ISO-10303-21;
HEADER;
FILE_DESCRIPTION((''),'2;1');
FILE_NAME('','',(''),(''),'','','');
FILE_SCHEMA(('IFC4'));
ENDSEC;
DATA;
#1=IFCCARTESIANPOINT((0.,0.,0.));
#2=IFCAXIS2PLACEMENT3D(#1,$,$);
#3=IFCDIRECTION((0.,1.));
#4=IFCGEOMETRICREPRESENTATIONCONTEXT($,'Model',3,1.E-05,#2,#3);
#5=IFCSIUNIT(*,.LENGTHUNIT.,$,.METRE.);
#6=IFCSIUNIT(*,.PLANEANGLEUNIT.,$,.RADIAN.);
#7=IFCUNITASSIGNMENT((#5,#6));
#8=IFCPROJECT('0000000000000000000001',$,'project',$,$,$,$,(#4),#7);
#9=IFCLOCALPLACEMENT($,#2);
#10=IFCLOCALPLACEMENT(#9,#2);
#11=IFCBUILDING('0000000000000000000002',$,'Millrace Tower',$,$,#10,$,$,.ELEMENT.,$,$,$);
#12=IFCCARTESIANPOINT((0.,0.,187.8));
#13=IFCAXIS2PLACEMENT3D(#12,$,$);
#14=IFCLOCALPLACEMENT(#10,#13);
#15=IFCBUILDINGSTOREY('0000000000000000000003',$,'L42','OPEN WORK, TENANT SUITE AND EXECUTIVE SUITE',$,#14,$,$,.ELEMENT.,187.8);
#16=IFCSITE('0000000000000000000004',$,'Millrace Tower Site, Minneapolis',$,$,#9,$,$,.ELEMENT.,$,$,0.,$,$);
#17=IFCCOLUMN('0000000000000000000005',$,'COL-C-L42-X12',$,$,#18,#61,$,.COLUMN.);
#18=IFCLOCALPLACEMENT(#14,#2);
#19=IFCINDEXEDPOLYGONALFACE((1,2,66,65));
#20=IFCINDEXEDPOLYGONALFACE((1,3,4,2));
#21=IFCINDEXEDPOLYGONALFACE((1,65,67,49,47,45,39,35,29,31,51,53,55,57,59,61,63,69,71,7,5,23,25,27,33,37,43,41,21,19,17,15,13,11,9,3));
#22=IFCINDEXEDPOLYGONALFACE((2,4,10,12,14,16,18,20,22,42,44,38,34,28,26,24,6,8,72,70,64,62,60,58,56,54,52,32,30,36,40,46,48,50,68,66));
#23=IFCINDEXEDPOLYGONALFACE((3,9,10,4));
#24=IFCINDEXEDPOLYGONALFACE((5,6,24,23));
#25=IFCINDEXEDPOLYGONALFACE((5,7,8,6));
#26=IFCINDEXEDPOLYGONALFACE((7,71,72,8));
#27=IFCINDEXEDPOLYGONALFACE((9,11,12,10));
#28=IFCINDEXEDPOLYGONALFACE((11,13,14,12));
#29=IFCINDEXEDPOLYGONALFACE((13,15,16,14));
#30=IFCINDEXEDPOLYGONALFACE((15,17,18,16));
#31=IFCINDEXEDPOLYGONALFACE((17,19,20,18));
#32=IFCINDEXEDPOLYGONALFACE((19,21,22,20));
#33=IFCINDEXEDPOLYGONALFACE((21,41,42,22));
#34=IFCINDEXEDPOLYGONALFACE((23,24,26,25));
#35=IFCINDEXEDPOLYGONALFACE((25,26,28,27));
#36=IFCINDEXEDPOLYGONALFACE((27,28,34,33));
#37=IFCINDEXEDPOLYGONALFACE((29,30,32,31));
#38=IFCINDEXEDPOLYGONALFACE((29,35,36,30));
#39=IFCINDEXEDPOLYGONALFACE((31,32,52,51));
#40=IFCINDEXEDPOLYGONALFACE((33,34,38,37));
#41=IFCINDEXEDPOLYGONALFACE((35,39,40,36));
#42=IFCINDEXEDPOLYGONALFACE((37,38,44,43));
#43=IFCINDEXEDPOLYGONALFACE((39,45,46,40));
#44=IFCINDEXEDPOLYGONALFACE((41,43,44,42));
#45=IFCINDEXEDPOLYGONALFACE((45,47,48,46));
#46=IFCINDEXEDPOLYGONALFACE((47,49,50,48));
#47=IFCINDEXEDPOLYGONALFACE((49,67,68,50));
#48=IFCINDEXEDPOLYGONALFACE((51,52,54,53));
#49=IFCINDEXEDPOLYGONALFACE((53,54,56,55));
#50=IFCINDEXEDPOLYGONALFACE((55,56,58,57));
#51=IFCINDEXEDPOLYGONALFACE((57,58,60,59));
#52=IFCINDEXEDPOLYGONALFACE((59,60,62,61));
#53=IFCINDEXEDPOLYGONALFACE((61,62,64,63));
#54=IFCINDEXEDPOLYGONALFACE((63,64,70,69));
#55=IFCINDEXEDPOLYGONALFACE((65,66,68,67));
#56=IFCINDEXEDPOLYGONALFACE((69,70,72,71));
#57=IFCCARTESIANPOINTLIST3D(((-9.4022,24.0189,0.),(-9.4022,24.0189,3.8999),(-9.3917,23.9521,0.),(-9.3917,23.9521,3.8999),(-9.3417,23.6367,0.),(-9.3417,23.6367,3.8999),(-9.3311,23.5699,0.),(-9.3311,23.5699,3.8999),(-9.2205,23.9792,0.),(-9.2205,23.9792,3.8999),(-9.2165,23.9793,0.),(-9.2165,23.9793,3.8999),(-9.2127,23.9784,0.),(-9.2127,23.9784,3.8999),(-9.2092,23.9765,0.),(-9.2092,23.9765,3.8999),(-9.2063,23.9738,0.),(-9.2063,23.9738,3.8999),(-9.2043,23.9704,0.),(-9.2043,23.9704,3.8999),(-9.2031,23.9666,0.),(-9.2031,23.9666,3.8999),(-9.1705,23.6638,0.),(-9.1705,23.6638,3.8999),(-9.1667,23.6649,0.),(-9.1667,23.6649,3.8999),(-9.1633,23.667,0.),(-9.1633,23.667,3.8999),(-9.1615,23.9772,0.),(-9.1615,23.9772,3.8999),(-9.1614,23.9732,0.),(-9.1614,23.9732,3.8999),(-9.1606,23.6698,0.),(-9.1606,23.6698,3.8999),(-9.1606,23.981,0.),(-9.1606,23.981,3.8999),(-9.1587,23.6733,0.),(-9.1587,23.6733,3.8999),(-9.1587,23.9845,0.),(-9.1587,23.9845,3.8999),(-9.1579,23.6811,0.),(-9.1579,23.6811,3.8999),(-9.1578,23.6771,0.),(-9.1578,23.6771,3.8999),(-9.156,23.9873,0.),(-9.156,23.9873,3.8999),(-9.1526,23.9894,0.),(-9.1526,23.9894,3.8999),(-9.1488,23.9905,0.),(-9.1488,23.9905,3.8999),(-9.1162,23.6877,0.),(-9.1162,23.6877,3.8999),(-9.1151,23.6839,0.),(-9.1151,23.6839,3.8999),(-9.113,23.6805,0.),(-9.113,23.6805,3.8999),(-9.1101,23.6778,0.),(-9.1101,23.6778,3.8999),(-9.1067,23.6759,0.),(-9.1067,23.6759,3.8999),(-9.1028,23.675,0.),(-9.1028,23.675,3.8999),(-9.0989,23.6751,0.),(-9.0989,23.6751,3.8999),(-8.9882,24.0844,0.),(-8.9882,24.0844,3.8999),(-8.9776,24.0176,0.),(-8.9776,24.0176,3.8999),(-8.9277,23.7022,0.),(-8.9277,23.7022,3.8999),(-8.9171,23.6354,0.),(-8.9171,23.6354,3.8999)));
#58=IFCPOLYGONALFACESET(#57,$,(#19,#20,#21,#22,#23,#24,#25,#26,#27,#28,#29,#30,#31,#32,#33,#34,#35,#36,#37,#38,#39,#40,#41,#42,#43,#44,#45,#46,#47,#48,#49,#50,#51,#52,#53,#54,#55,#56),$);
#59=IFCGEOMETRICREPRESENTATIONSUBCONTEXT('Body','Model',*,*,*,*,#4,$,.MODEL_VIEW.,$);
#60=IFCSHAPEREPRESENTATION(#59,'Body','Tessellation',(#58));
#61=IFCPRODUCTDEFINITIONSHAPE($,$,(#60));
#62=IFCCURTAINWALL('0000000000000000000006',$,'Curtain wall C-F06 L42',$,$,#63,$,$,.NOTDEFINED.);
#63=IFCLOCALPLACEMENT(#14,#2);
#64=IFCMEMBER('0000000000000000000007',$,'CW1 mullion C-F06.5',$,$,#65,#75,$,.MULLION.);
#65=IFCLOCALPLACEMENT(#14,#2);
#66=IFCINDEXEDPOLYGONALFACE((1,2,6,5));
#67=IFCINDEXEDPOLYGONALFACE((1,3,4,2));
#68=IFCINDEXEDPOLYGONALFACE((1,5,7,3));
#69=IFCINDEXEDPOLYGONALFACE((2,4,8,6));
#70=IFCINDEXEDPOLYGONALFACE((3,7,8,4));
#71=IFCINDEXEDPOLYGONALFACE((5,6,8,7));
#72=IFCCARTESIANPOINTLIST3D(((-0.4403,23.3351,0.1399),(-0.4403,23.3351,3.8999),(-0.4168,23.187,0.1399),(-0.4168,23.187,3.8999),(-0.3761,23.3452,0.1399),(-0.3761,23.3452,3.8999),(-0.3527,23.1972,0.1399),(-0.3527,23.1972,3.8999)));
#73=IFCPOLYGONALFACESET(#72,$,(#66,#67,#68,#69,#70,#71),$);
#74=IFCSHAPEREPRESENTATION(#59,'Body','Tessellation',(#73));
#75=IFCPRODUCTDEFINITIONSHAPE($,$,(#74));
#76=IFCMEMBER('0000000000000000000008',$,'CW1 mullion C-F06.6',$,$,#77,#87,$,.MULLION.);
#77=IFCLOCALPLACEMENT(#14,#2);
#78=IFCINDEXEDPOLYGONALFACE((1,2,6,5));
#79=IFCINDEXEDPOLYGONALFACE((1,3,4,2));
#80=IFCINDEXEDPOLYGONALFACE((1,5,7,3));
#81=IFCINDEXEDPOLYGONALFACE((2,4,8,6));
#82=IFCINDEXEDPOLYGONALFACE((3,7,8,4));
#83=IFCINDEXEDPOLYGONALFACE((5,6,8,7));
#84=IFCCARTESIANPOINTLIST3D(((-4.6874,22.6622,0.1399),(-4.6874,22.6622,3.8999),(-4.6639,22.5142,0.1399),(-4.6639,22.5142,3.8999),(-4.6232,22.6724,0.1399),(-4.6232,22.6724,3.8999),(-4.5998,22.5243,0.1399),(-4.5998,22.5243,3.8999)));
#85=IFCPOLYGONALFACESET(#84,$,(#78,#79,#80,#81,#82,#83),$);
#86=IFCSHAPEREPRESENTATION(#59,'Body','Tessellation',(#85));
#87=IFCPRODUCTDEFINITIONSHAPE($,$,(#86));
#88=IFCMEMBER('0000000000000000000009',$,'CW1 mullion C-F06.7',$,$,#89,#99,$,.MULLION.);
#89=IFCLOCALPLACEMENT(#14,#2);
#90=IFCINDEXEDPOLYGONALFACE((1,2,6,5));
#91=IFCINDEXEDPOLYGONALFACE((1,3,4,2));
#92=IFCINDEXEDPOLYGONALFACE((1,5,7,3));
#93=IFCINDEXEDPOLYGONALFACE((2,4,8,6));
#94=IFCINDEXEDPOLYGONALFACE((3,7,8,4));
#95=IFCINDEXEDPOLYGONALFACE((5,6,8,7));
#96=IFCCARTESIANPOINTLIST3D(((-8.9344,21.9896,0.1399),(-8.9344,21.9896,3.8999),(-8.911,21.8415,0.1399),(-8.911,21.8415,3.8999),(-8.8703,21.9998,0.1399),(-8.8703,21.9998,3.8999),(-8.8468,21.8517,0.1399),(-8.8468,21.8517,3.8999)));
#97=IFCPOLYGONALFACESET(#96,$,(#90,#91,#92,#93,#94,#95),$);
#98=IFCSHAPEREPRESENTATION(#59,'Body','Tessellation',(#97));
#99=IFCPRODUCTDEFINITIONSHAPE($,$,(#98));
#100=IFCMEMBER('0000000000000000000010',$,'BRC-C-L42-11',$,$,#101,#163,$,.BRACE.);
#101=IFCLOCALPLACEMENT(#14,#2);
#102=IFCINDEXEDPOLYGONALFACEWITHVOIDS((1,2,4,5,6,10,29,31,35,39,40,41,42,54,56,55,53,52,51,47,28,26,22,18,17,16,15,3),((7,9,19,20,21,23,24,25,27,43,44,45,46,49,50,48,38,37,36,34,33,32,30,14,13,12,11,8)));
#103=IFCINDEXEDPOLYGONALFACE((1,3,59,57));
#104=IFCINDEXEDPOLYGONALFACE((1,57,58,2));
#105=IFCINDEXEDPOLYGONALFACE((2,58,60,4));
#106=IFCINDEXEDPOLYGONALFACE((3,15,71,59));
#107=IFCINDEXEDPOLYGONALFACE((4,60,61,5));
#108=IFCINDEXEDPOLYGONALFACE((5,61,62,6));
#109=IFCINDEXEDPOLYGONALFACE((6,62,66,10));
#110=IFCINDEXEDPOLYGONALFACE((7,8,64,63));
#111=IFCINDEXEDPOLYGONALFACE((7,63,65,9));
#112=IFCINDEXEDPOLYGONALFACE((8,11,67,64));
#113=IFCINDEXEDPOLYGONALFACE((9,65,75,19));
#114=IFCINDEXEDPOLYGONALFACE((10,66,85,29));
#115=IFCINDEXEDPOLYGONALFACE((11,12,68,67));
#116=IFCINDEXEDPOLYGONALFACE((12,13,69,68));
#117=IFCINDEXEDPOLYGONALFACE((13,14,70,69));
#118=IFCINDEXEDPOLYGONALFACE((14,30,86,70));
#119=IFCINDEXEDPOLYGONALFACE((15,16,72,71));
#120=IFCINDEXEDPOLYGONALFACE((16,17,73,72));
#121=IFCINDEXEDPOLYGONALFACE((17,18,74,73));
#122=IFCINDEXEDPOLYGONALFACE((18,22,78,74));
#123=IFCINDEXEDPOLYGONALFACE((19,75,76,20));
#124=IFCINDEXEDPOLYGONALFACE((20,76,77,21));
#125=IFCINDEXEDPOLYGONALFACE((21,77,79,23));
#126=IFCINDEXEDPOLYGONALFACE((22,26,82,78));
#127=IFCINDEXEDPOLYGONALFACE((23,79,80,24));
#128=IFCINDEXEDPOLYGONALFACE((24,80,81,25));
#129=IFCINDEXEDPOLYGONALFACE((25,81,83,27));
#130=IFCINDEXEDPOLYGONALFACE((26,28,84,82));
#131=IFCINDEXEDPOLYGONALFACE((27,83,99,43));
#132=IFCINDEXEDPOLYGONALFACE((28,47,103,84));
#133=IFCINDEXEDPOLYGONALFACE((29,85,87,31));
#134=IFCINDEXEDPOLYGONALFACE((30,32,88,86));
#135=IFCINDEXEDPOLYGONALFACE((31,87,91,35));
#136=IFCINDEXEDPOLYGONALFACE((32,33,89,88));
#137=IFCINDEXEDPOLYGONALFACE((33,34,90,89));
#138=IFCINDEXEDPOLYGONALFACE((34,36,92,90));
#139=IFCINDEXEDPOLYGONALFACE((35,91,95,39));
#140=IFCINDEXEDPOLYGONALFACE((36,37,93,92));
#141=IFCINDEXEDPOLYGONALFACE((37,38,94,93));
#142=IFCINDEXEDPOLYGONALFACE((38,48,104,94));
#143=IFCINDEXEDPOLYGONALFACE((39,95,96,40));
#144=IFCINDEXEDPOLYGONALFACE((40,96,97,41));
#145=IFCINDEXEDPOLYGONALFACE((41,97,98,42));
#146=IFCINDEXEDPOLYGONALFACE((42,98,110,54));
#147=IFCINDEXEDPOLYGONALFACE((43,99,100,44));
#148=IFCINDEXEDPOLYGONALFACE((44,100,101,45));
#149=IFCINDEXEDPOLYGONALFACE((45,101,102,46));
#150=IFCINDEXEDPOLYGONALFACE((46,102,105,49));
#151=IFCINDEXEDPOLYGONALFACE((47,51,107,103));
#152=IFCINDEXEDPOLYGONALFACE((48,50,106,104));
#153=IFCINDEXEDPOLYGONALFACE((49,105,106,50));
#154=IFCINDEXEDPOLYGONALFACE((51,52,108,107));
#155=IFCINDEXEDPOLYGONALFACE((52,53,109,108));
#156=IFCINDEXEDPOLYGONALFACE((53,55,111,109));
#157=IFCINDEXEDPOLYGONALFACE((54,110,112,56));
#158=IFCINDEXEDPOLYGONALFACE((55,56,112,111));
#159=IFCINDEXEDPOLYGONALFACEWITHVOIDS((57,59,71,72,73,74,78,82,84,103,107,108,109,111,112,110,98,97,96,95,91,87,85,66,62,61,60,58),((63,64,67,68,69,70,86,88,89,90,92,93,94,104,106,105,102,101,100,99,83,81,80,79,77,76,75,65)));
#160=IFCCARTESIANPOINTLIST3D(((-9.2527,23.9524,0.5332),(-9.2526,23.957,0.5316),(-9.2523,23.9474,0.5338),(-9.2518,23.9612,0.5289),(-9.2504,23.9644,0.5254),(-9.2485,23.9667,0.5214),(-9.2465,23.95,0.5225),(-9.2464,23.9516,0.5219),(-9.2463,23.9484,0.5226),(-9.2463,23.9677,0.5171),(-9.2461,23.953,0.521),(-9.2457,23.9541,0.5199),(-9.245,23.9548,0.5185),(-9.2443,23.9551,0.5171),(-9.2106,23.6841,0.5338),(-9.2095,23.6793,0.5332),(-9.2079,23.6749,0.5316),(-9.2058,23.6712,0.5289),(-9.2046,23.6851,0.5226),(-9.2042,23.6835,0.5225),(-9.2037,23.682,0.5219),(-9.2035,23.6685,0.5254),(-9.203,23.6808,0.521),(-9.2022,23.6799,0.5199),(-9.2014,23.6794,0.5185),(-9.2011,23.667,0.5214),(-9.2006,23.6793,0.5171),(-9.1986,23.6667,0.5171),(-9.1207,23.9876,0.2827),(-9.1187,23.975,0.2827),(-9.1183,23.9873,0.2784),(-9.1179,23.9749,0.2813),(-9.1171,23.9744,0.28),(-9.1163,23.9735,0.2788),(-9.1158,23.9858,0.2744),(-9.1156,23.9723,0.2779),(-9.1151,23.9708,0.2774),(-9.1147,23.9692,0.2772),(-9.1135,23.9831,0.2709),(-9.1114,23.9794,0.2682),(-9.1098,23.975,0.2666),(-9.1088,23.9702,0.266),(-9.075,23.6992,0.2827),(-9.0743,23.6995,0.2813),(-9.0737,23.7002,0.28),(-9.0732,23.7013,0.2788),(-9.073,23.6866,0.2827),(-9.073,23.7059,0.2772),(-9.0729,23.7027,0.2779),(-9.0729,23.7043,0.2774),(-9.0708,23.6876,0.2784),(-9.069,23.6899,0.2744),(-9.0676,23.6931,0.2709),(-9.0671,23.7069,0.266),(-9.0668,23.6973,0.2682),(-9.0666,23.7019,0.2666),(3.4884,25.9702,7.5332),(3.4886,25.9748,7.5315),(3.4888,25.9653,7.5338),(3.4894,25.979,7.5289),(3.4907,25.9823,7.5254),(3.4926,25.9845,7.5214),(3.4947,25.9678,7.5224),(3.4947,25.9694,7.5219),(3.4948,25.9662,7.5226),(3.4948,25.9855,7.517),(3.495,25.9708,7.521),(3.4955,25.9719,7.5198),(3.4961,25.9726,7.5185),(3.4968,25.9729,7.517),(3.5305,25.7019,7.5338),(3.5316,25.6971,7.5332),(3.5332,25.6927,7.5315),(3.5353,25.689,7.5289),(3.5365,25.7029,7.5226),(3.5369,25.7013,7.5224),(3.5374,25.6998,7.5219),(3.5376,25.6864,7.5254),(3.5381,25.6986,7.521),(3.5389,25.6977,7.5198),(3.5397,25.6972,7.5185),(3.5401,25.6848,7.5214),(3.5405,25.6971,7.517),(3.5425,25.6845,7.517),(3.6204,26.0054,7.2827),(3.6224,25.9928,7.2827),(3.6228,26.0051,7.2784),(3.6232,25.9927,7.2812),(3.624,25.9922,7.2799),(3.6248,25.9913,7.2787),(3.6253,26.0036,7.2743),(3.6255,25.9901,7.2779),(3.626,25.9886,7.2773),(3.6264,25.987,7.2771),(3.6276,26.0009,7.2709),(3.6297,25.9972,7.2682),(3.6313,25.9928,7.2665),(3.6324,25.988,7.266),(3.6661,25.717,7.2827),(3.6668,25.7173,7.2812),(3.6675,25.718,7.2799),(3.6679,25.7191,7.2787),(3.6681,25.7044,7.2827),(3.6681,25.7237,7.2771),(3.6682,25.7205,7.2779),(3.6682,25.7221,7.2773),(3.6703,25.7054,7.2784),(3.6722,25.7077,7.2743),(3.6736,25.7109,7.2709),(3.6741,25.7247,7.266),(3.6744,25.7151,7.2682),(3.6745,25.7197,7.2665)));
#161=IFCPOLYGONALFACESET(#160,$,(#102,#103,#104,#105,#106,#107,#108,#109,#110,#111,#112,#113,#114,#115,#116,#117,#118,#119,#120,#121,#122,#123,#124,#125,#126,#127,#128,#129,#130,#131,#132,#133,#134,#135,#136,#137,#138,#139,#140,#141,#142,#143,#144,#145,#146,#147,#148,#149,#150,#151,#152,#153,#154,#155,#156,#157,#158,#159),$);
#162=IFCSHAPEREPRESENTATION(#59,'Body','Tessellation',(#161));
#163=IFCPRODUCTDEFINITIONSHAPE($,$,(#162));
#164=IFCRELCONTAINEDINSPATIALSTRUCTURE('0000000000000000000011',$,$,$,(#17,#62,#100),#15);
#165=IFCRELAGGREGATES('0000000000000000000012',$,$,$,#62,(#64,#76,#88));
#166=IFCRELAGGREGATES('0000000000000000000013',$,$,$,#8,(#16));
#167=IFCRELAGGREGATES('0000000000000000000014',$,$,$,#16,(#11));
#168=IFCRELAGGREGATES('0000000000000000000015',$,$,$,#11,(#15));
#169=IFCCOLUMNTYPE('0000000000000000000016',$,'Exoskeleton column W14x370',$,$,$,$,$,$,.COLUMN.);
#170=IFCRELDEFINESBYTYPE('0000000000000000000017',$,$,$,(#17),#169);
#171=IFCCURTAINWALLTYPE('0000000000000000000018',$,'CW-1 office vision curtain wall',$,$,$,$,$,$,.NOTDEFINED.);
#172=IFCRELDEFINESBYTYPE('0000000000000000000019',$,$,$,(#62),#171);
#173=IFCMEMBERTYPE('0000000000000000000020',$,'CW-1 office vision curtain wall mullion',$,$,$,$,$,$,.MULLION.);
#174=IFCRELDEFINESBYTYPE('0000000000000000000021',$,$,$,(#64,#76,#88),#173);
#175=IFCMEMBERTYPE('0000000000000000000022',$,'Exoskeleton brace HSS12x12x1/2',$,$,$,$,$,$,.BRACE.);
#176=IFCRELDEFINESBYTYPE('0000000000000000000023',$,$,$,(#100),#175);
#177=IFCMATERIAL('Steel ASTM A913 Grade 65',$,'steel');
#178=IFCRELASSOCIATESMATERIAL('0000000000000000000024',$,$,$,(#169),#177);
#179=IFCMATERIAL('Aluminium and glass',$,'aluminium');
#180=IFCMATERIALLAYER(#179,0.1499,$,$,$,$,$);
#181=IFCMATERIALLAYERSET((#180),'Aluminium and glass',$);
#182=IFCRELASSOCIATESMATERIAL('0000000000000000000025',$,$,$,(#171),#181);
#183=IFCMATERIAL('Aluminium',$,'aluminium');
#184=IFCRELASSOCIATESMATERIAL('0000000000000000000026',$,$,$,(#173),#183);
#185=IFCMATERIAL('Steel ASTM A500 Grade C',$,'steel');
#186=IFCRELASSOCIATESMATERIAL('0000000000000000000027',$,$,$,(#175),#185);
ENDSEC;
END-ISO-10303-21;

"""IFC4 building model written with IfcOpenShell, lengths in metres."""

from ifc_helpers import new_model, si_unit, direction, frame, origin, origin_2d, place, context, subcontext, project, spatial, rectangle, hollow_rectangle, i_section, extrude, material, layer, layer_set, material_profile, profile_set, type_object, element, aggregate, save


model = new_model("IFC4")

# Units and contexts
model_context = context("Model", 3, precision=1e-05, world=origin(), true_north=direction((0.0, 1.0)))
body_context = subcontext(model_context, "Body", "Model", "MODEL_VIEW")
ifc_project = project(units=[si_unit("LENGTHUNIT", "METRE"), si_unit("PLANEANGLEUNIT", "RADIAN")], contexts=[model_context])

# Site, building, storey
site_placement = place(None, origin())
site = spatial("IfcSite", under=ifc_project, at=site_placement, Name="Millrace Tower Site, Minneapolis", CompositionType="ELEMENT", RefElevation=0.0)
building_placement = place(site_placement, origin())
building = spatial("IfcBuilding", under=site, at=building_placement, Name="Millrace Tower", CompositionType="ELEMENT")
storey_placement = place(building_placement, frame((0.0, 0.0, 187.8)))
storey = spatial("IfcBuildingStorey", under=building, at=storey_placement, Name="L42", Description="OPEN WORK, TENANT SUITE AND EXECUTIVE SUITE", CompositionType="ELEMENT", Elevation=187.8)

# Column
ifc_material_1 = material(Name="Steel ASTM A913 Grade 65", Category="steel")
ifc_material_profile_1 = material_profile(ifc_material_1, i_section(OverallWidth=0.4192, OverallDepth=0.4546, WebThickness=0.0422, FlangeThickness=0.0676, FilletRadius=0.0151, at=origin_2d()))
ifc_profile_set_1 = profile_set([ifc_material_profile_1], Name="Steel ASTM A913 Grade 65")
column_type = type_object("IfcColumnType", Name="Exoskeleton column W14x370", PredefinedType="COLUMN", material=ifc_profile_set_1)
column_placement = place(storey_placement, frame((-9.1597, 23.8271, 0.0), z_axis=(0.0, 0.0, 1.0), x_axis=(-0.987688, -0.156434, 0.0)))
element("IfcColumn", 1, at=column_placement, inside=storey, type_object=column_type, Name="COL-C-L42-X12", PredefinedType="COLUMN", context=body_context, shape_type="SweptSolid", body=[
    extrude(i_section(OverallWidth=0.4192, OverallDepth=0.4546, WebThickness=0.0422, FlangeThickness=0.0676, FilletRadius=0.0151, at=origin_2d()), origin(), (0.0, 0.0, 1.0), 3.8999),
])

# Curtain wall, members
ifc_material_2 = material(Name="Aluminium and glass", Category="aluminium")
ifc_layer_1 = layer(ifc_material_2, 0.1499)
ifc_layer_set_1 = layer_set([ifc_layer_1], Name="Aluminium and glass")
curtain_wall_type = type_object("IfcCurtainWallType", Name="CW-1 office vision curtain wall", PredefinedType="NOTDEFINED", material=ifc_layer_set_1)
placement = place(storey_placement, origin())
curtain_wall = element("IfcCurtainWall", 2, at=placement, inside=storey, type_object=curtain_wall_type, Name="Curtain wall C-F06 L42", PredefinedType="NOTDEFINED")
ifc_material_3 = material(Name="Aluminium", Category="aluminium")
ifc_material_profile_2 = material_profile(ifc_material_3, rectangle(XDim=0.0649, YDim=0.1499, at=origin_2d()))
ifc_profile_set_2 = profile_set([ifc_material_profile_2], Name="Aluminium")
member_type_1 = type_object("IfcMemberType", Name="CW-1 office vision curtain wall mullion", PredefinedType="MULLION", material=ifc_profile_set_2)
member_1_placement = place(storey_placement, frame((-0.3965, 23.2661, 0.1399), z_axis=(0.0, 0.0, 1.0), x_axis=(-0.987688, -0.156434, 0.0)))
member_1 = element("IfcMember", 3, at=member_1_placement, type_object=member_type_1, Name="CW1 mullion C-F06.5", PredefinedType="MULLION", context=body_context, shape_type="SweptSolid", body=[
    extrude(rectangle(XDim=0.0649, YDim=0.1499, at=origin_2d()), origin(), (0.0, 0.0, 1.0), 3.76),
])
member_2_placement = place(storey_placement, frame((-4.6436, 22.5933, 0.1399), z_axis=(0.0, 0.0, 1.0), x_axis=(-0.987688, -0.156434, 0.0)))
member_2 = element("IfcMember", 4, at=member_2_placement, type_object=member_type_1, Name="CW1 mullion C-F06.6", PredefinedType="MULLION", context=body_context, shape_type="SweptSolid", body=[
    extrude(rectangle(XDim=0.0649, YDim=0.1499, at=origin_2d()), origin(), (0.0, 0.0, 1.0), 3.76),
])
member_3_placement = place(storey_placement, frame((-8.8906, 21.9207, 0.1399), z_axis=(0.0, 0.0, 1.0), x_axis=(-0.987688, -0.156434, 0.0)))
member_3 = element("IfcMember", 5, at=member_3_placement, type_object=member_type_1, Name="CW1 mullion C-F06.7", PredefinedType="MULLION", context=body_context, shape_type="SweptSolid", body=[
    extrude(rectangle(XDim=0.0649, YDim=0.1499, at=origin_2d()), origin(), (0.0, 0.0, 1.0), 3.76),
])
aggregate(curtain_wall, [member_1, member_2, member_3])

# Member
ifc_material_4 = material(Name="Steel ASTM A500 Grade C", Category="steel")
ifc_material_profile_3 = material_profile(ifc_material_4, hollow_rectangle(XDim=0.3047, YDim=0.3047, WallThickness=0.0127, InnerFilletRadius=0.0063, OuterFilletRadius=0.019, at=origin_2d()))
ifc_profile_set_3 = profile_set([ifc_material_profile_3], Name="Steel ASTM A500 Grade C")
member_type_2 = type_object("IfcMemberType", Name="Exoskeleton brace HSS12x12x1/2", PredefinedType="BRACE", material=ifc_profile_set_3)
member_4_placement = place(storey_placement, frame((-9.1597, 23.8271, 0.3999), z_axis=(0.868116, 0.137483, 0.476941), x_axis=(-0.15642, 0.987691, 0.0)))
element("IfcMember", 6, at=member_4_placement, inside=storey, type_object=member_type_2, Name="BRC-C-L42-11", PredefinedType="BRACE", context=body_context, shape_type="SweptSolid", body=[
    extrude(hollow_rectangle(XDim=0.3047, YDim=0.3047, WallThickness=0.0127, InnerFilletRadius=0.0063, OuterFilletRadius=0.019, at=origin_2d()), origin(), (0.0, 0.0, 1.0), 14.6768),
])

save(model, "model.ifc")
